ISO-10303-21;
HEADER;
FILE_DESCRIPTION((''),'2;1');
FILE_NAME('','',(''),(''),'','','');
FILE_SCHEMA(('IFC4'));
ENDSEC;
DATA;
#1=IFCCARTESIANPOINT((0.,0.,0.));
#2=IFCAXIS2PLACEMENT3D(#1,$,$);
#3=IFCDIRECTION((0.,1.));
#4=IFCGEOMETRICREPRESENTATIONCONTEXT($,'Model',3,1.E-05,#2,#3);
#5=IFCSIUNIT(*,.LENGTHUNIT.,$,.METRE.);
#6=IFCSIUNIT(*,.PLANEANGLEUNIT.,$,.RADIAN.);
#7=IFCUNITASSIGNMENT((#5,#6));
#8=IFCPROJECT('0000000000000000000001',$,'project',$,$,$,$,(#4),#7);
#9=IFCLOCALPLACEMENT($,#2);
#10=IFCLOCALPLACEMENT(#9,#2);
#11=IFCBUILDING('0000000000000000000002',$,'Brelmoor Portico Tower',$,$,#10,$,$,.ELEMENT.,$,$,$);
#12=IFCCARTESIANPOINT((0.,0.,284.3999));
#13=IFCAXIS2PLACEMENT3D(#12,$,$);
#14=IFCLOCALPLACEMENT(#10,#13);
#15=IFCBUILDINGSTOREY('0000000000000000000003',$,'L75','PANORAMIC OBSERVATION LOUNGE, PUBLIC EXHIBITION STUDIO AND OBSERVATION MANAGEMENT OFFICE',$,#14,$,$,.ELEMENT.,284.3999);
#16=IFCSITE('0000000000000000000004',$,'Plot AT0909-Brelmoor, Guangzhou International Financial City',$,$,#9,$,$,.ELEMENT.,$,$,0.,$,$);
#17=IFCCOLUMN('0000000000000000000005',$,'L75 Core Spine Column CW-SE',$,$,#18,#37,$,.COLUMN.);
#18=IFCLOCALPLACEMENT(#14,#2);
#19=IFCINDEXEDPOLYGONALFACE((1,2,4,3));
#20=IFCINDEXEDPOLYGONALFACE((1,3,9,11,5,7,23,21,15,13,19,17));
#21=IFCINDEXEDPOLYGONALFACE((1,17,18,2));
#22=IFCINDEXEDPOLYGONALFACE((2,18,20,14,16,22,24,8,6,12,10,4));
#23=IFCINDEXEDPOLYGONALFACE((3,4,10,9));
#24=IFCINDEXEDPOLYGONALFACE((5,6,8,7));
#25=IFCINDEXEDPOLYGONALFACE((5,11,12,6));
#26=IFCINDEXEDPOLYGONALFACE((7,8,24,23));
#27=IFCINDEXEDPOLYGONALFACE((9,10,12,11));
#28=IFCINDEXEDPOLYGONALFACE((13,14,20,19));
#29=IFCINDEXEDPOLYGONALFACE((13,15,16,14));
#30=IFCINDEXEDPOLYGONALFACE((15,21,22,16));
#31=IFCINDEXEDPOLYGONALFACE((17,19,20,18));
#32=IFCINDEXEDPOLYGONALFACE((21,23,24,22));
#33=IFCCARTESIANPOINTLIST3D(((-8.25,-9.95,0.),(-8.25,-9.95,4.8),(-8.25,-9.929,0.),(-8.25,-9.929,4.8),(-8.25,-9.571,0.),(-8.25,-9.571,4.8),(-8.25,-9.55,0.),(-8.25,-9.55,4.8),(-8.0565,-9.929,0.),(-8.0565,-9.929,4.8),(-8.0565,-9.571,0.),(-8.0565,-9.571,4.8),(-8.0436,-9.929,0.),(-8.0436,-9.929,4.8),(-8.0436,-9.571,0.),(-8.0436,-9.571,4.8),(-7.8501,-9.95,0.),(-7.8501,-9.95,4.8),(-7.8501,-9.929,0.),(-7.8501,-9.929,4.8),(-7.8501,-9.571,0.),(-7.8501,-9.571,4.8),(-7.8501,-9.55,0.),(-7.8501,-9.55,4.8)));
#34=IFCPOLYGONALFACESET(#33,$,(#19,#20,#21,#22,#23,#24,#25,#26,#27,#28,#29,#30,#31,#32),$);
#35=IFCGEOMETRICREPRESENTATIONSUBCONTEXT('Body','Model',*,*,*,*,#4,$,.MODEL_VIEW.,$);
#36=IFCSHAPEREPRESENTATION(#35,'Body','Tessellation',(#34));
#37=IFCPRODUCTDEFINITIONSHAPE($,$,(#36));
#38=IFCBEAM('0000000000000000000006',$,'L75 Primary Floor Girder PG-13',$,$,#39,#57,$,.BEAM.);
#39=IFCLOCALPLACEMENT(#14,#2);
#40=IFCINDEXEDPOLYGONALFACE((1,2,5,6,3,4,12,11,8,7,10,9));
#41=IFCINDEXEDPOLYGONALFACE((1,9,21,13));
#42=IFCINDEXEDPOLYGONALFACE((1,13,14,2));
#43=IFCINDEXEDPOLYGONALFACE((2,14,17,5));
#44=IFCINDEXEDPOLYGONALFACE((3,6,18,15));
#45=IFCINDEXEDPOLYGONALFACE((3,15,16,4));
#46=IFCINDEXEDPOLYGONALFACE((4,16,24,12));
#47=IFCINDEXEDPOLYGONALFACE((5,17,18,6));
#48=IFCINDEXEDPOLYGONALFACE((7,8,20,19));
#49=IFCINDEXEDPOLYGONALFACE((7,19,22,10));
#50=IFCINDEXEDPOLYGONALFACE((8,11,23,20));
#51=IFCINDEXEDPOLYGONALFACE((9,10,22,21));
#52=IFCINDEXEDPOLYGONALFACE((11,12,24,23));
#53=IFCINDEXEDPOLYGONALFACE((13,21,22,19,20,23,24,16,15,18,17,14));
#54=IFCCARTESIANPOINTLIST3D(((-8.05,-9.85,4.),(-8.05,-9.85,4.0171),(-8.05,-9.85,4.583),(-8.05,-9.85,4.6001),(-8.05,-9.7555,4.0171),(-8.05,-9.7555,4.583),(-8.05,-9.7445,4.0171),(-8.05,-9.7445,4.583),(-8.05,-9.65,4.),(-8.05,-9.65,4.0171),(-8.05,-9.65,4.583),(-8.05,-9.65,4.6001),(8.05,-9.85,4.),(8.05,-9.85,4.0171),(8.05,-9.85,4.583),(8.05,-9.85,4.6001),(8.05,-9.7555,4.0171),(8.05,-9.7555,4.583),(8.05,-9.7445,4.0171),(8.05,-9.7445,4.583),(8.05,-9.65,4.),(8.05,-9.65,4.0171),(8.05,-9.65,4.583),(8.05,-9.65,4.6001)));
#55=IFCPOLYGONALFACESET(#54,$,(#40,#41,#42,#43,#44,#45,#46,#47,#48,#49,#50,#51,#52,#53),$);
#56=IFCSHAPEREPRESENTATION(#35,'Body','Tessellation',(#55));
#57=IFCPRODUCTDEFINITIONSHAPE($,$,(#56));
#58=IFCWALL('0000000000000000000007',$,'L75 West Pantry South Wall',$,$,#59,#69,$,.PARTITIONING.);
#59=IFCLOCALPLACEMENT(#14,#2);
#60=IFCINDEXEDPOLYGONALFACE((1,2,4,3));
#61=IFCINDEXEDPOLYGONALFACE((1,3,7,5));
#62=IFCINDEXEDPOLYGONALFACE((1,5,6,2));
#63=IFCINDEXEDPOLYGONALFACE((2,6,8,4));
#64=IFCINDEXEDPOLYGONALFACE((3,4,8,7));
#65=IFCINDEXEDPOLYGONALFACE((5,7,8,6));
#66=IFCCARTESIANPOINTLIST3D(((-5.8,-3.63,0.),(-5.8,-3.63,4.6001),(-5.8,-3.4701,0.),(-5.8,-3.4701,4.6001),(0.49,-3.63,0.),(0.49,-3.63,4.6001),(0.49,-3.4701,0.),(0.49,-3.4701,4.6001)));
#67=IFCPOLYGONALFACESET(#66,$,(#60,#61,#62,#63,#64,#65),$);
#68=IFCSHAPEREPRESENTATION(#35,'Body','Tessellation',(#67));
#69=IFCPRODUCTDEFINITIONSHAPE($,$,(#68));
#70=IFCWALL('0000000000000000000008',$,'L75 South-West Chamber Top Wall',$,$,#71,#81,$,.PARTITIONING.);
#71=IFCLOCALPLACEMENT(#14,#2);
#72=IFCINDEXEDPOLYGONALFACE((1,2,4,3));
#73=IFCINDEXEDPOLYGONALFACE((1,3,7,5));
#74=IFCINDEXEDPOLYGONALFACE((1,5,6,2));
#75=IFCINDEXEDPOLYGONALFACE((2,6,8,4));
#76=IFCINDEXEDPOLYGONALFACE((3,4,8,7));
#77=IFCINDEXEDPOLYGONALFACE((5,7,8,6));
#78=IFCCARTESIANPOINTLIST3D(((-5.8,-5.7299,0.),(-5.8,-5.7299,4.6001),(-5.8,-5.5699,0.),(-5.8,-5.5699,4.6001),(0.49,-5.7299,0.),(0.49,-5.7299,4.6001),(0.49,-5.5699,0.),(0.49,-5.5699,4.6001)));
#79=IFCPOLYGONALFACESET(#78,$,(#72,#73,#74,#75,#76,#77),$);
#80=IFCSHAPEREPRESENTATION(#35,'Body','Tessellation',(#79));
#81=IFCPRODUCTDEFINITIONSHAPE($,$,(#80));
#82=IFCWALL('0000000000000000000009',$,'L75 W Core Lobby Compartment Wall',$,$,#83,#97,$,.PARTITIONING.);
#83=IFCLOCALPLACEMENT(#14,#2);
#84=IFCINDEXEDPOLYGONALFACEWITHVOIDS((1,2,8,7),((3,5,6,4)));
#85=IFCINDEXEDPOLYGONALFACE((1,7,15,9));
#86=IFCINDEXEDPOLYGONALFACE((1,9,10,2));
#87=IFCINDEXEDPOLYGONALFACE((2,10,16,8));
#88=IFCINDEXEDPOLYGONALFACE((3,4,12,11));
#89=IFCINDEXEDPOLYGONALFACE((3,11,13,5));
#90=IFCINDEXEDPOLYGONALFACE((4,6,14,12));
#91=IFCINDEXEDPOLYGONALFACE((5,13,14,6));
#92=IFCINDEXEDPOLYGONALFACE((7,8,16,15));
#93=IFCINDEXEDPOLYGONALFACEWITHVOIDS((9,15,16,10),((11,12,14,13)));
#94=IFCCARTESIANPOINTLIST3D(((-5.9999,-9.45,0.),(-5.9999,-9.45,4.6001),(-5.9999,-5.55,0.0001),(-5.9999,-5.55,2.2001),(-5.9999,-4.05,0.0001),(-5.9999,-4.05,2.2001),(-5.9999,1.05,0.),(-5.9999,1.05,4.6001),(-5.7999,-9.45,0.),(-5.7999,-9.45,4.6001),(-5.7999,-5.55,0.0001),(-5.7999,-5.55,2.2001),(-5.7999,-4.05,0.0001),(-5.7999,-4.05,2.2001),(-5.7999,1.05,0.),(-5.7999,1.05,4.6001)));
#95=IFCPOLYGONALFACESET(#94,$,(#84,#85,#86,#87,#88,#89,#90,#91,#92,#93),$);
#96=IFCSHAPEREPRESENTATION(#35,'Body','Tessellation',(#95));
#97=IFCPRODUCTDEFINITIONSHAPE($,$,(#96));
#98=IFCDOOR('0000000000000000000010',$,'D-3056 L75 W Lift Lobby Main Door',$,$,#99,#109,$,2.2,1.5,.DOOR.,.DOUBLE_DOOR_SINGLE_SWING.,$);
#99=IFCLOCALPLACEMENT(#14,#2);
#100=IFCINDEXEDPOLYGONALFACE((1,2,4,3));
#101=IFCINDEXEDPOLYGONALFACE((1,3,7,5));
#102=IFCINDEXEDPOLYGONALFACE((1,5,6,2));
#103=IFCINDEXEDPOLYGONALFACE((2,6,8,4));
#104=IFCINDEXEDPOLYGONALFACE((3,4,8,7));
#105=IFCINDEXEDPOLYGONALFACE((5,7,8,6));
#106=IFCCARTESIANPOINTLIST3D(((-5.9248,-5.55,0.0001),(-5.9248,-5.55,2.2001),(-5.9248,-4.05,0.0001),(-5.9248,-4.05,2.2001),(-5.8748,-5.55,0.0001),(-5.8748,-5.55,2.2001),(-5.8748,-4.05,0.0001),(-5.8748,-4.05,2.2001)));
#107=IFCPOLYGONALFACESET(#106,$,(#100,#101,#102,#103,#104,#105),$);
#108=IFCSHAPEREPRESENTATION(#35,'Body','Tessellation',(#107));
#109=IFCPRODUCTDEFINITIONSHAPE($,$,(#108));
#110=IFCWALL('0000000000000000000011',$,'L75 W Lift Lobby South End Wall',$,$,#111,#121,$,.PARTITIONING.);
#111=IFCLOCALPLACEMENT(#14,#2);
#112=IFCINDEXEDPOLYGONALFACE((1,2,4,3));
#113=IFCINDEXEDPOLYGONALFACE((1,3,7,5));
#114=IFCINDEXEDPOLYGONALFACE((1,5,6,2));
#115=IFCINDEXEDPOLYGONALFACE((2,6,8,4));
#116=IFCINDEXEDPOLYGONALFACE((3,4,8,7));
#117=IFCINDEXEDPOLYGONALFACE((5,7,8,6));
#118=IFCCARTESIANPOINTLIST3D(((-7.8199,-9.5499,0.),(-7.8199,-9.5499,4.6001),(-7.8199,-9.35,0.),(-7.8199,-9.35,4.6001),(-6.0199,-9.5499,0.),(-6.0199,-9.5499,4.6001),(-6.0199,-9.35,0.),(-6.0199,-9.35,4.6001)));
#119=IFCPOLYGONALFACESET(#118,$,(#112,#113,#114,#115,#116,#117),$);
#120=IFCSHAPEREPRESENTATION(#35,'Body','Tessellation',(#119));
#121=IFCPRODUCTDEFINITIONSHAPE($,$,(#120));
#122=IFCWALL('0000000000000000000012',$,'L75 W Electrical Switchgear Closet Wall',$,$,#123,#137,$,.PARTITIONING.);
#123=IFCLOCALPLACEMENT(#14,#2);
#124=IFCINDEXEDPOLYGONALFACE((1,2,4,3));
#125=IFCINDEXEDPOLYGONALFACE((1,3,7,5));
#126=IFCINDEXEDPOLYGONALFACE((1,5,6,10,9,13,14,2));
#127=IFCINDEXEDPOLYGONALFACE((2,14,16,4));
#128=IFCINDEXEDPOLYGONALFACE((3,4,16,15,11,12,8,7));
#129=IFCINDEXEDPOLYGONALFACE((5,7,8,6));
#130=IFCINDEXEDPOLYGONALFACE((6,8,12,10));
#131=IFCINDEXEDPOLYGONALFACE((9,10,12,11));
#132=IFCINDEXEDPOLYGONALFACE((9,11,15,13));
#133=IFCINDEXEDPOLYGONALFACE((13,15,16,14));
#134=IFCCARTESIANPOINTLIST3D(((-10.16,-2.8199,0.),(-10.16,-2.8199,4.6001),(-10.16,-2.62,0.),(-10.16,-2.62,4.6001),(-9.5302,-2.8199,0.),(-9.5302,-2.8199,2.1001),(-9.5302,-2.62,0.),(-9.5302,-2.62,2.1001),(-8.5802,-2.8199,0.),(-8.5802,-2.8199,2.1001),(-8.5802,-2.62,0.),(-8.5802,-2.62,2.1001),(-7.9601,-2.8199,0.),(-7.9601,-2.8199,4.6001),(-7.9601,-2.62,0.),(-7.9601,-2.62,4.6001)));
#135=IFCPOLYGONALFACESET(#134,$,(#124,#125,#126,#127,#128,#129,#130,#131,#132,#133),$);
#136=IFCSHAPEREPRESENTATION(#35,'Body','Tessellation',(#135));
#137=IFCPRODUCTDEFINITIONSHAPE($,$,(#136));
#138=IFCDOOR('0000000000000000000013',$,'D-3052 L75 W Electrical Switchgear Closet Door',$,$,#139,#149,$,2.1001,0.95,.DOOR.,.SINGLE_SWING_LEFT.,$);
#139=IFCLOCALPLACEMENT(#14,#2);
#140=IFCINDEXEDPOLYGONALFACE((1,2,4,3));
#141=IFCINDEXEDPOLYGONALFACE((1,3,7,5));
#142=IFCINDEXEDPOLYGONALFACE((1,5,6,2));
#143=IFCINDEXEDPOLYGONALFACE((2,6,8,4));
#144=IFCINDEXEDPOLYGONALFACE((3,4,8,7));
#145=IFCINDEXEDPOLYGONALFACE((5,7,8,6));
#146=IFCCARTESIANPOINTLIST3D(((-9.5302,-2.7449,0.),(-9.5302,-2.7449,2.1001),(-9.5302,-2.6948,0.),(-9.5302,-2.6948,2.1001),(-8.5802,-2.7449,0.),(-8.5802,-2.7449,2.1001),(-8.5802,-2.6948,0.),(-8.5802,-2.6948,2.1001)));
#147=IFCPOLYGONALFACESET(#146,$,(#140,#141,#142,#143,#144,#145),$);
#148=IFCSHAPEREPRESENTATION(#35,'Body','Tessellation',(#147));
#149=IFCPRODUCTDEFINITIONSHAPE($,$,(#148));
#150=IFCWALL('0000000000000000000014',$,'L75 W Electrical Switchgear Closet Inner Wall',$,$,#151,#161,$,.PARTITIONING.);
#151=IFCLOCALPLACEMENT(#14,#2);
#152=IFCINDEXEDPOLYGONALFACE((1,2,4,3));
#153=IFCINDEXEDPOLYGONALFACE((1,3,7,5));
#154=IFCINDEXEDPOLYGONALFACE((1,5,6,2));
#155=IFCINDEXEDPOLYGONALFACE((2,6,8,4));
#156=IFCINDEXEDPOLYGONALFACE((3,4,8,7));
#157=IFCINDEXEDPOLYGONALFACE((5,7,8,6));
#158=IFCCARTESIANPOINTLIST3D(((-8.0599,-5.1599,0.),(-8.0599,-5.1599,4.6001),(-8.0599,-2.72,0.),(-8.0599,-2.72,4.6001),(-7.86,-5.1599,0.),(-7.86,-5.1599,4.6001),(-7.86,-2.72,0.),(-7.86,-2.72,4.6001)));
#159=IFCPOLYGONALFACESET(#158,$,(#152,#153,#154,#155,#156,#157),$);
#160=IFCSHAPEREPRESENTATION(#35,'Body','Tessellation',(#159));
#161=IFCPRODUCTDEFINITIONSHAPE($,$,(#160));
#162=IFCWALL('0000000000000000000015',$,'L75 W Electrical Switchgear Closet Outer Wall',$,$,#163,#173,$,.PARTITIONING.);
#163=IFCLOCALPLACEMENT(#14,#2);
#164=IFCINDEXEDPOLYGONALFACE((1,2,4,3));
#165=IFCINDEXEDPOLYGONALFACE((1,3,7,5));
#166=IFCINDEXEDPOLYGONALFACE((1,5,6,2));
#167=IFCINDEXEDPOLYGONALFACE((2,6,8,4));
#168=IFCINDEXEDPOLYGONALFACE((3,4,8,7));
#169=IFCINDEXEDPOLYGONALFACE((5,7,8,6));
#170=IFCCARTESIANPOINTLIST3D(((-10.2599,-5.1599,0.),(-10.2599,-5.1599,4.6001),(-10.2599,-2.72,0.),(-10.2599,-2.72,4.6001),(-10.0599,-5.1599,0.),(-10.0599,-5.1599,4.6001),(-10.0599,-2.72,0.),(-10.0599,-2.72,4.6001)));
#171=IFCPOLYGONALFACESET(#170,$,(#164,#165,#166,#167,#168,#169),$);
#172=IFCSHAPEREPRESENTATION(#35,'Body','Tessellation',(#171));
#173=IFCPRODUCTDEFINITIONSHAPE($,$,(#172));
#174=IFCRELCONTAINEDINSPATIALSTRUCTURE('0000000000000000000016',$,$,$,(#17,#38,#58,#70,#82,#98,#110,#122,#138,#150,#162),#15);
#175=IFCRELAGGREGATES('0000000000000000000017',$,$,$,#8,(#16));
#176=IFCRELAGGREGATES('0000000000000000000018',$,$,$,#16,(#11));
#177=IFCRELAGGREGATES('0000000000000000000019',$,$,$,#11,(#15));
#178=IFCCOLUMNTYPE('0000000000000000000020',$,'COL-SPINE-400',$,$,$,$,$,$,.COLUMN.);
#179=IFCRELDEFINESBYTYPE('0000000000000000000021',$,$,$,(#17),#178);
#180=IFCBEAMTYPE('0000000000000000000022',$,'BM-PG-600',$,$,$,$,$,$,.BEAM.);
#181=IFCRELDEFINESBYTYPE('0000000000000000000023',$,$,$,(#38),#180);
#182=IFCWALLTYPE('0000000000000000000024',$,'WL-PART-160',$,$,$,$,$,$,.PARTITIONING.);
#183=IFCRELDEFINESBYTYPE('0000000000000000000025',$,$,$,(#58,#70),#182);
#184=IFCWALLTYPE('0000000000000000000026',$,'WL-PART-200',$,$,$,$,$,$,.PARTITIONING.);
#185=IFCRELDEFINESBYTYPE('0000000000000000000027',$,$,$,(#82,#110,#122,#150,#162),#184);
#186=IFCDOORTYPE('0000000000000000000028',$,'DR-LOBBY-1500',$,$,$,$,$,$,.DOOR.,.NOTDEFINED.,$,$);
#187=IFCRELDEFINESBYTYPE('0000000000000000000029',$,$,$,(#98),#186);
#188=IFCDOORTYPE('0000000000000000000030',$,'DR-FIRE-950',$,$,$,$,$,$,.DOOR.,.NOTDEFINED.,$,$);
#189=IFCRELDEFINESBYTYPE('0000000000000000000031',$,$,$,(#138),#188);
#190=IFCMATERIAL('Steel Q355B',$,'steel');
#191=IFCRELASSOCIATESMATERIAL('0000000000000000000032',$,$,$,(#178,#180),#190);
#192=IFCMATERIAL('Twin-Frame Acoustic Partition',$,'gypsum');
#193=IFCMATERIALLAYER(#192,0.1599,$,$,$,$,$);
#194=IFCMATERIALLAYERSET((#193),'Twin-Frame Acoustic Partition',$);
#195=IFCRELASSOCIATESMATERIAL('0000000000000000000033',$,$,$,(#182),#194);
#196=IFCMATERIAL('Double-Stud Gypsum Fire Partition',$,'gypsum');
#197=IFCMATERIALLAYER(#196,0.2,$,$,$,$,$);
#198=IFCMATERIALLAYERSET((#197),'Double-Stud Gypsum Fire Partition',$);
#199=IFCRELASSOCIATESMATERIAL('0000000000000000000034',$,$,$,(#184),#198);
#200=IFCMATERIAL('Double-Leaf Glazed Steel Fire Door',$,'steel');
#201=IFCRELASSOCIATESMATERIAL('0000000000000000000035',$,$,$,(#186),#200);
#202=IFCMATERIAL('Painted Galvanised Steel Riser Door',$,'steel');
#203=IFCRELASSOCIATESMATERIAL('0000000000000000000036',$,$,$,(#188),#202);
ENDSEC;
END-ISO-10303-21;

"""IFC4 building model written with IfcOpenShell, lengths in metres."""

from ifc_helpers import new_model, si_unit, direction, frame, frame_2d, origin, origin_2d, place, context, subcontext, project, spatial, rectangle, i_section, extrude, material, layer, layer_set, material_profile, profile_set, type_object, element, fill, save


model = new_model("IFC4")

# Units and contexts
model_context = context("Model", 3, precision=1e-05, world=origin(), true_north=direction((0.0, 1.0)))
body_context = subcontext(model_context, "Body", "Model", "MODEL_VIEW")
ifc_project = project(units=[si_unit("LENGTHUNIT", "METRE"), si_unit("PLANEANGLEUNIT", "RADIAN")], contexts=[model_context])

# Site, building, storey
site_placement = place(None, origin())
site = spatial("IfcSite", under=ifc_project, at=site_placement, Name="Plot AT0909-Brelmoor, Guangzhou International Financial City", CompositionType="ELEMENT", RefElevation=0.0)
building_placement = place(site_placement, origin())
building = spatial("IfcBuilding", under=site, at=building_placement, Name="Brelmoor Portico Tower", CompositionType="ELEMENT")
storey_placement = place(building_placement, frame((0.0, 0.0, 284.3999)))
storey = spatial("IfcBuildingStorey", under=building, at=storey_placement, Name="L75", Description="PANORAMIC OBSERVATION LOUNGE, PUBLIC EXHIBITION STUDIO AND OBSERVATION MANAGEMENT OFFICE", CompositionType="ELEMENT", Elevation=284.3999)

# Column
ifc_material_1 = material(Name="Steel Q355B", Category="steel")
ifc_material_profile_1 = material_profile(ifc_material_1, i_section(OverallWidth=0.3999, OverallDepth=0.3999, WebThickness=0.0129, FlangeThickness=0.021, at=origin_2d()), Name="HW 400x400x13x21")
ifc_profile_set_1 = profile_set([ifc_material_profile_1], Name="Steel Q355B")
column_type = type_object("IfcColumnType", Name="COL-SPINE-400", PredefinedType="COLUMN", material=ifc_profile_set_1)
column_placement = place(storey_placement, frame((-8.05, -9.75, 0.0), z_axis=(0.0, 0.0, 1.0), x_axis=(1.0, 0.0, 0.0)))
element("IfcColumn", 1, at=column_placement, inside=storey, type_object=column_type, Name="L75 Core Spine Column CW-SE", PredefinedType="COLUMN", context=body_context, shape_type="SweptSolid", body=[
    extrude(i_section(OverallWidth=0.3999, OverallDepth=0.3999, WebThickness=0.0129, FlangeThickness=0.021, at=origin_2d()), origin(), (0.0, 0.0, 1.0), 4.8),
])

# Beam
ifc_material_profile_2 = material_profile(ifc_material_1, i_section(OverallWidth=0.2, OverallDepth=0.6001, WebThickness=0.011, FlangeThickness=0.0171, at=origin_2d()), Name="HN 600x200x11x17")
ifc_profile_set_2 = profile_set([ifc_material_profile_2], Name="Steel Q355B")
beam_type = type_object("IfcBeamType", Name="BM-PG-600", PredefinedType="BEAM", material=ifc_profile_set_2)
beam_placement = place(storey_placement, frame((-8.05, -9.75, 4.3), z_axis=(1.0, 0.0, 0.0), x_axis=(0.0, 1.0, 0.0)))
element("IfcBeam", 2, at=beam_placement, inside=storey, type_object=beam_type, Name="L75 Primary Floor Girder PG-13", PredefinedType="BEAM", context=body_context, shape_type="SweptSolid", body=[
    extrude(i_section(OverallWidth=0.2, OverallDepth=0.6001, WebThickness=0.011, FlangeThickness=0.0171, at=origin_2d()), origin(), (0.0, 0.0, 1.0), 16.1001),
])

# Walls
ifc_material_2 = material(Name="Twin-Frame Acoustic Partition", Category="gypsum")
ifc_layer_1 = layer(ifc_material_2, 0.1599)
ifc_layer_set_1 = layer_set([ifc_layer_1], Name="Twin-Frame Acoustic Partition")
wall_type_1 = type_object("IfcWallType", Name="WL-PART-160", PredefinedType="PARTITIONING", material=ifc_layer_set_1)
for number, where, z_axis, x_axis, name in (
    (3, (-5.8, -3.55, 0.0), (0.0, 0.0, 1.0), (1.0, 0.0, 0.0), "L75 West Pantry South Wall"),
    (4, (-5.8, -5.6499, 0.0), (0.0, 0.0, 1.0), (1.0, 0.0, 0.0), "L75 South-West Chamber Top Wall"),
):
    element("IfcWall", number, at=place(storey_placement, frame(where, z_axis=z_axis, x_axis=x_axis)), inside=storey, type_object=wall_type_1, Name=name, PredefinedType="PARTITIONING", context=body_context, shape_type="SweptSolid", body=[
        extrude(rectangle(XDim=6.29, YDim=0.1599, at=frame_2d((3.145, 0.0))), origin(), (0.0, 0.0, 1.0), 4.6001),
    ])

# Wall, opening, door
ifc_material_3 = material(Name="Double-Stud Gypsum Fire Partition", Category="gypsum")
ifc_layer_2 = layer(ifc_material_3, 0.2)
ifc_layer_set_2 = layer_set([ifc_layer_2], Name="Double-Stud Gypsum Fire Partition")
wall_type_2 = type_object("IfcWallType", Name="WL-PART-200", PredefinedType="PARTITIONING", material=ifc_layer_set_2)
wall_1_placement = place(storey_placement, frame((-5.8999, -9.45, 0.0), z_axis=(0.0, 0.0, 1.0), x_axis=(0.0, 1.0, 0.0)))
wall_1 = element("IfcWall", 5, at=wall_1_placement, inside=storey, type_object=wall_type_2, Name="L75 W Core Lobby Compartment Wall", PredefinedType="PARTITIONING", context=body_context, shape_type="SweptSolid", body=[
    extrude(rectangle(XDim=10.5, YDim=0.2, at=frame_2d((5.25, 0.0))), origin(), (0.0, 0.0, 1.0), 4.6001),
])
opening_1_placement = place(wall_1_placement, frame((3.8999, 0.0, 0.0)))
opening_1 = element("IfcOpeningElement", 6, at=opening_1_placement, cuts=wall_1, PredefinedType="OPENING", context=body_context, shape_type="SweptSolid", body=[
    extrude(rectangle(XDim=1.5, YDim=2.2, at=frame_2d((0.75, 1.1001))), frame((0.0, 0.1099, 0.0), z_axis=(0.0, -1.0, 0.0), x_axis=(1.0, 0.0, 0.0)), (0.0, 0.0, 1.0), 0.22),
])
ifc_material_4 = material(Name="Double-Leaf Glazed Steel Fire Door", Category="steel")
door_type_1 = type_object("IfcDoorType", Name="DR-LOBBY-1500", OperationType="NOTDEFINED", PredefinedType="DOOR", material=ifc_material_4)
door_1_placement = place(opening_1_placement, origin())
door_1 = element("IfcDoor", 7, at=door_1_placement, inside=storey, type_object=door_type_1, Name="D-3056 L75 W Lift Lobby Main Door", OperationType="DOUBLE_DOOR_SINGLE_SWING", OverallHeight=2.2, OverallWidth=1.5, PredefinedType="DOOR", context=body_context, shape_type="SweptSolid", body=[
    extrude(rectangle(XDim=1.5, YDim=2.2, at=frame_2d((0.75, 1.1001))), frame((0.0, 0.0249, 0.0), z_axis=(0.0, -1.0, 0.0), x_axis=(1.0, 0.0, 0.0)), (0.0, 0.0, 1.0), 0.05),
])
fill(opening_1, door_1)

# Wall
wall_2_placement = place(storey_placement, frame((-6.02, -9.45, 0.0), z_axis=(0.0, 0.0, 1.0), x_axis=(-1.0, 0.0, 0.0)))
element("IfcWall", 8, at=wall_2_placement, inside=storey, type_object=wall_type_2, Name="L75 W Lift Lobby South End Wall", PredefinedType="PARTITIONING", context=body_context, shape_type="SweptSolid", body=[
    extrude(rectangle(XDim=1.8, YDim=0.2, at=frame_2d((0.8999, 0.0))), origin(), (0.0, 0.0, 1.0), 4.6001),
])

# Wall, opening, door
wall_3_placement = place(storey_placement, frame((-7.96, -2.72, 0.0), z_axis=(0.0, 0.0, 1.0), x_axis=(-1.0, 0.0, 0.0)))
wall_3 = element("IfcWall", 9, at=wall_3_placement, inside=storey, type_object=wall_type_2, Name="L75 W Electrical Switchgear Closet Wall", PredefinedType="PARTITIONING", context=body_context, shape_type="SweptSolid", body=[
    extrude(rectangle(XDim=2.2, YDim=0.2, at=frame_2d((1.1001, 0.0))), origin(), (0.0, 0.0, 1.0), 4.6001),
])
opening_2_placement = place(wall_3_placement, frame((0.6201, 0.0, 0.0)))
opening_2 = element("IfcOpeningElement", 10, at=opening_2_placement, cuts=wall_3, PredefinedType="OPENING", context=body_context, shape_type="SweptSolid", body=[
    extrude(rectangle(XDim=0.95, YDim=2.1001, at=frame_2d((0.4751, 1.05))), frame((0.0, 0.1099, 0.0), z_axis=(0.0, -1.0, 0.0), x_axis=(1.0, 0.0, 0.0)), (0.0, 0.0, 1.0), 0.22),
])
ifc_material_5 = material(Name="Painted Galvanised Steel Riser Door", Category="steel")
door_type_2 = type_object("IfcDoorType", Name="DR-FIRE-950", OperationType="NOTDEFINED", PredefinedType="DOOR", material=ifc_material_5)
door_2_placement = place(opening_2_placement, origin())
door_2 = element("IfcDoor", 11, at=door_2_placement, inside=storey, type_object=door_type_2, Name="D-3052 L75 W Electrical Switchgear Closet Door", OperationType="SINGLE_SWING_LEFT", OverallHeight=2.1001, OverallWidth=0.95, PredefinedType="DOOR", context=body_context, shape_type="SweptSolid", body=[
    extrude(rectangle(XDim=0.95, YDim=2.1001, at=frame_2d((0.4751, 1.05))), frame((0.0, 0.0249, 0.0), z_axis=(0.0, -1.0, 0.0), x_axis=(1.0, 0.0, 0.0)), (0.0, 0.0, 1.0), 0.05),
])
fill(opening_2, door_2)

# Walls
for number, where, z_axis, x_axis, name in (
    (12, (-7.96, -5.1599, 0.0), (0.0, 0.0, 1.0), (0.0, 1.0, 0.0), "L75 W Electrical Switchgear Closet Inner Wall"),
    (13, (-10.1599, -5.1599, 0.0), (0.0, 0.0, 1.0), (0.0, 1.0, 0.0), "L75 W Electrical Switchgear Closet Outer Wall"),
):
    element("IfcWall", number, at=place(storey_placement, frame(where, z_axis=z_axis, x_axis=x_axis)), inside=storey, type_object=wall_type_2, Name=name, PredefinedType="PARTITIONING", context=body_context, shape_type="SweptSolid", body=[
        extrude(rectangle(XDim=2.4399, YDim=0.2, at=frame_2d((1.22, 0.0))), origin(), (0.0, 0.0, 1.0), 4.6001),
    ])

save(model, "model.ifc")
